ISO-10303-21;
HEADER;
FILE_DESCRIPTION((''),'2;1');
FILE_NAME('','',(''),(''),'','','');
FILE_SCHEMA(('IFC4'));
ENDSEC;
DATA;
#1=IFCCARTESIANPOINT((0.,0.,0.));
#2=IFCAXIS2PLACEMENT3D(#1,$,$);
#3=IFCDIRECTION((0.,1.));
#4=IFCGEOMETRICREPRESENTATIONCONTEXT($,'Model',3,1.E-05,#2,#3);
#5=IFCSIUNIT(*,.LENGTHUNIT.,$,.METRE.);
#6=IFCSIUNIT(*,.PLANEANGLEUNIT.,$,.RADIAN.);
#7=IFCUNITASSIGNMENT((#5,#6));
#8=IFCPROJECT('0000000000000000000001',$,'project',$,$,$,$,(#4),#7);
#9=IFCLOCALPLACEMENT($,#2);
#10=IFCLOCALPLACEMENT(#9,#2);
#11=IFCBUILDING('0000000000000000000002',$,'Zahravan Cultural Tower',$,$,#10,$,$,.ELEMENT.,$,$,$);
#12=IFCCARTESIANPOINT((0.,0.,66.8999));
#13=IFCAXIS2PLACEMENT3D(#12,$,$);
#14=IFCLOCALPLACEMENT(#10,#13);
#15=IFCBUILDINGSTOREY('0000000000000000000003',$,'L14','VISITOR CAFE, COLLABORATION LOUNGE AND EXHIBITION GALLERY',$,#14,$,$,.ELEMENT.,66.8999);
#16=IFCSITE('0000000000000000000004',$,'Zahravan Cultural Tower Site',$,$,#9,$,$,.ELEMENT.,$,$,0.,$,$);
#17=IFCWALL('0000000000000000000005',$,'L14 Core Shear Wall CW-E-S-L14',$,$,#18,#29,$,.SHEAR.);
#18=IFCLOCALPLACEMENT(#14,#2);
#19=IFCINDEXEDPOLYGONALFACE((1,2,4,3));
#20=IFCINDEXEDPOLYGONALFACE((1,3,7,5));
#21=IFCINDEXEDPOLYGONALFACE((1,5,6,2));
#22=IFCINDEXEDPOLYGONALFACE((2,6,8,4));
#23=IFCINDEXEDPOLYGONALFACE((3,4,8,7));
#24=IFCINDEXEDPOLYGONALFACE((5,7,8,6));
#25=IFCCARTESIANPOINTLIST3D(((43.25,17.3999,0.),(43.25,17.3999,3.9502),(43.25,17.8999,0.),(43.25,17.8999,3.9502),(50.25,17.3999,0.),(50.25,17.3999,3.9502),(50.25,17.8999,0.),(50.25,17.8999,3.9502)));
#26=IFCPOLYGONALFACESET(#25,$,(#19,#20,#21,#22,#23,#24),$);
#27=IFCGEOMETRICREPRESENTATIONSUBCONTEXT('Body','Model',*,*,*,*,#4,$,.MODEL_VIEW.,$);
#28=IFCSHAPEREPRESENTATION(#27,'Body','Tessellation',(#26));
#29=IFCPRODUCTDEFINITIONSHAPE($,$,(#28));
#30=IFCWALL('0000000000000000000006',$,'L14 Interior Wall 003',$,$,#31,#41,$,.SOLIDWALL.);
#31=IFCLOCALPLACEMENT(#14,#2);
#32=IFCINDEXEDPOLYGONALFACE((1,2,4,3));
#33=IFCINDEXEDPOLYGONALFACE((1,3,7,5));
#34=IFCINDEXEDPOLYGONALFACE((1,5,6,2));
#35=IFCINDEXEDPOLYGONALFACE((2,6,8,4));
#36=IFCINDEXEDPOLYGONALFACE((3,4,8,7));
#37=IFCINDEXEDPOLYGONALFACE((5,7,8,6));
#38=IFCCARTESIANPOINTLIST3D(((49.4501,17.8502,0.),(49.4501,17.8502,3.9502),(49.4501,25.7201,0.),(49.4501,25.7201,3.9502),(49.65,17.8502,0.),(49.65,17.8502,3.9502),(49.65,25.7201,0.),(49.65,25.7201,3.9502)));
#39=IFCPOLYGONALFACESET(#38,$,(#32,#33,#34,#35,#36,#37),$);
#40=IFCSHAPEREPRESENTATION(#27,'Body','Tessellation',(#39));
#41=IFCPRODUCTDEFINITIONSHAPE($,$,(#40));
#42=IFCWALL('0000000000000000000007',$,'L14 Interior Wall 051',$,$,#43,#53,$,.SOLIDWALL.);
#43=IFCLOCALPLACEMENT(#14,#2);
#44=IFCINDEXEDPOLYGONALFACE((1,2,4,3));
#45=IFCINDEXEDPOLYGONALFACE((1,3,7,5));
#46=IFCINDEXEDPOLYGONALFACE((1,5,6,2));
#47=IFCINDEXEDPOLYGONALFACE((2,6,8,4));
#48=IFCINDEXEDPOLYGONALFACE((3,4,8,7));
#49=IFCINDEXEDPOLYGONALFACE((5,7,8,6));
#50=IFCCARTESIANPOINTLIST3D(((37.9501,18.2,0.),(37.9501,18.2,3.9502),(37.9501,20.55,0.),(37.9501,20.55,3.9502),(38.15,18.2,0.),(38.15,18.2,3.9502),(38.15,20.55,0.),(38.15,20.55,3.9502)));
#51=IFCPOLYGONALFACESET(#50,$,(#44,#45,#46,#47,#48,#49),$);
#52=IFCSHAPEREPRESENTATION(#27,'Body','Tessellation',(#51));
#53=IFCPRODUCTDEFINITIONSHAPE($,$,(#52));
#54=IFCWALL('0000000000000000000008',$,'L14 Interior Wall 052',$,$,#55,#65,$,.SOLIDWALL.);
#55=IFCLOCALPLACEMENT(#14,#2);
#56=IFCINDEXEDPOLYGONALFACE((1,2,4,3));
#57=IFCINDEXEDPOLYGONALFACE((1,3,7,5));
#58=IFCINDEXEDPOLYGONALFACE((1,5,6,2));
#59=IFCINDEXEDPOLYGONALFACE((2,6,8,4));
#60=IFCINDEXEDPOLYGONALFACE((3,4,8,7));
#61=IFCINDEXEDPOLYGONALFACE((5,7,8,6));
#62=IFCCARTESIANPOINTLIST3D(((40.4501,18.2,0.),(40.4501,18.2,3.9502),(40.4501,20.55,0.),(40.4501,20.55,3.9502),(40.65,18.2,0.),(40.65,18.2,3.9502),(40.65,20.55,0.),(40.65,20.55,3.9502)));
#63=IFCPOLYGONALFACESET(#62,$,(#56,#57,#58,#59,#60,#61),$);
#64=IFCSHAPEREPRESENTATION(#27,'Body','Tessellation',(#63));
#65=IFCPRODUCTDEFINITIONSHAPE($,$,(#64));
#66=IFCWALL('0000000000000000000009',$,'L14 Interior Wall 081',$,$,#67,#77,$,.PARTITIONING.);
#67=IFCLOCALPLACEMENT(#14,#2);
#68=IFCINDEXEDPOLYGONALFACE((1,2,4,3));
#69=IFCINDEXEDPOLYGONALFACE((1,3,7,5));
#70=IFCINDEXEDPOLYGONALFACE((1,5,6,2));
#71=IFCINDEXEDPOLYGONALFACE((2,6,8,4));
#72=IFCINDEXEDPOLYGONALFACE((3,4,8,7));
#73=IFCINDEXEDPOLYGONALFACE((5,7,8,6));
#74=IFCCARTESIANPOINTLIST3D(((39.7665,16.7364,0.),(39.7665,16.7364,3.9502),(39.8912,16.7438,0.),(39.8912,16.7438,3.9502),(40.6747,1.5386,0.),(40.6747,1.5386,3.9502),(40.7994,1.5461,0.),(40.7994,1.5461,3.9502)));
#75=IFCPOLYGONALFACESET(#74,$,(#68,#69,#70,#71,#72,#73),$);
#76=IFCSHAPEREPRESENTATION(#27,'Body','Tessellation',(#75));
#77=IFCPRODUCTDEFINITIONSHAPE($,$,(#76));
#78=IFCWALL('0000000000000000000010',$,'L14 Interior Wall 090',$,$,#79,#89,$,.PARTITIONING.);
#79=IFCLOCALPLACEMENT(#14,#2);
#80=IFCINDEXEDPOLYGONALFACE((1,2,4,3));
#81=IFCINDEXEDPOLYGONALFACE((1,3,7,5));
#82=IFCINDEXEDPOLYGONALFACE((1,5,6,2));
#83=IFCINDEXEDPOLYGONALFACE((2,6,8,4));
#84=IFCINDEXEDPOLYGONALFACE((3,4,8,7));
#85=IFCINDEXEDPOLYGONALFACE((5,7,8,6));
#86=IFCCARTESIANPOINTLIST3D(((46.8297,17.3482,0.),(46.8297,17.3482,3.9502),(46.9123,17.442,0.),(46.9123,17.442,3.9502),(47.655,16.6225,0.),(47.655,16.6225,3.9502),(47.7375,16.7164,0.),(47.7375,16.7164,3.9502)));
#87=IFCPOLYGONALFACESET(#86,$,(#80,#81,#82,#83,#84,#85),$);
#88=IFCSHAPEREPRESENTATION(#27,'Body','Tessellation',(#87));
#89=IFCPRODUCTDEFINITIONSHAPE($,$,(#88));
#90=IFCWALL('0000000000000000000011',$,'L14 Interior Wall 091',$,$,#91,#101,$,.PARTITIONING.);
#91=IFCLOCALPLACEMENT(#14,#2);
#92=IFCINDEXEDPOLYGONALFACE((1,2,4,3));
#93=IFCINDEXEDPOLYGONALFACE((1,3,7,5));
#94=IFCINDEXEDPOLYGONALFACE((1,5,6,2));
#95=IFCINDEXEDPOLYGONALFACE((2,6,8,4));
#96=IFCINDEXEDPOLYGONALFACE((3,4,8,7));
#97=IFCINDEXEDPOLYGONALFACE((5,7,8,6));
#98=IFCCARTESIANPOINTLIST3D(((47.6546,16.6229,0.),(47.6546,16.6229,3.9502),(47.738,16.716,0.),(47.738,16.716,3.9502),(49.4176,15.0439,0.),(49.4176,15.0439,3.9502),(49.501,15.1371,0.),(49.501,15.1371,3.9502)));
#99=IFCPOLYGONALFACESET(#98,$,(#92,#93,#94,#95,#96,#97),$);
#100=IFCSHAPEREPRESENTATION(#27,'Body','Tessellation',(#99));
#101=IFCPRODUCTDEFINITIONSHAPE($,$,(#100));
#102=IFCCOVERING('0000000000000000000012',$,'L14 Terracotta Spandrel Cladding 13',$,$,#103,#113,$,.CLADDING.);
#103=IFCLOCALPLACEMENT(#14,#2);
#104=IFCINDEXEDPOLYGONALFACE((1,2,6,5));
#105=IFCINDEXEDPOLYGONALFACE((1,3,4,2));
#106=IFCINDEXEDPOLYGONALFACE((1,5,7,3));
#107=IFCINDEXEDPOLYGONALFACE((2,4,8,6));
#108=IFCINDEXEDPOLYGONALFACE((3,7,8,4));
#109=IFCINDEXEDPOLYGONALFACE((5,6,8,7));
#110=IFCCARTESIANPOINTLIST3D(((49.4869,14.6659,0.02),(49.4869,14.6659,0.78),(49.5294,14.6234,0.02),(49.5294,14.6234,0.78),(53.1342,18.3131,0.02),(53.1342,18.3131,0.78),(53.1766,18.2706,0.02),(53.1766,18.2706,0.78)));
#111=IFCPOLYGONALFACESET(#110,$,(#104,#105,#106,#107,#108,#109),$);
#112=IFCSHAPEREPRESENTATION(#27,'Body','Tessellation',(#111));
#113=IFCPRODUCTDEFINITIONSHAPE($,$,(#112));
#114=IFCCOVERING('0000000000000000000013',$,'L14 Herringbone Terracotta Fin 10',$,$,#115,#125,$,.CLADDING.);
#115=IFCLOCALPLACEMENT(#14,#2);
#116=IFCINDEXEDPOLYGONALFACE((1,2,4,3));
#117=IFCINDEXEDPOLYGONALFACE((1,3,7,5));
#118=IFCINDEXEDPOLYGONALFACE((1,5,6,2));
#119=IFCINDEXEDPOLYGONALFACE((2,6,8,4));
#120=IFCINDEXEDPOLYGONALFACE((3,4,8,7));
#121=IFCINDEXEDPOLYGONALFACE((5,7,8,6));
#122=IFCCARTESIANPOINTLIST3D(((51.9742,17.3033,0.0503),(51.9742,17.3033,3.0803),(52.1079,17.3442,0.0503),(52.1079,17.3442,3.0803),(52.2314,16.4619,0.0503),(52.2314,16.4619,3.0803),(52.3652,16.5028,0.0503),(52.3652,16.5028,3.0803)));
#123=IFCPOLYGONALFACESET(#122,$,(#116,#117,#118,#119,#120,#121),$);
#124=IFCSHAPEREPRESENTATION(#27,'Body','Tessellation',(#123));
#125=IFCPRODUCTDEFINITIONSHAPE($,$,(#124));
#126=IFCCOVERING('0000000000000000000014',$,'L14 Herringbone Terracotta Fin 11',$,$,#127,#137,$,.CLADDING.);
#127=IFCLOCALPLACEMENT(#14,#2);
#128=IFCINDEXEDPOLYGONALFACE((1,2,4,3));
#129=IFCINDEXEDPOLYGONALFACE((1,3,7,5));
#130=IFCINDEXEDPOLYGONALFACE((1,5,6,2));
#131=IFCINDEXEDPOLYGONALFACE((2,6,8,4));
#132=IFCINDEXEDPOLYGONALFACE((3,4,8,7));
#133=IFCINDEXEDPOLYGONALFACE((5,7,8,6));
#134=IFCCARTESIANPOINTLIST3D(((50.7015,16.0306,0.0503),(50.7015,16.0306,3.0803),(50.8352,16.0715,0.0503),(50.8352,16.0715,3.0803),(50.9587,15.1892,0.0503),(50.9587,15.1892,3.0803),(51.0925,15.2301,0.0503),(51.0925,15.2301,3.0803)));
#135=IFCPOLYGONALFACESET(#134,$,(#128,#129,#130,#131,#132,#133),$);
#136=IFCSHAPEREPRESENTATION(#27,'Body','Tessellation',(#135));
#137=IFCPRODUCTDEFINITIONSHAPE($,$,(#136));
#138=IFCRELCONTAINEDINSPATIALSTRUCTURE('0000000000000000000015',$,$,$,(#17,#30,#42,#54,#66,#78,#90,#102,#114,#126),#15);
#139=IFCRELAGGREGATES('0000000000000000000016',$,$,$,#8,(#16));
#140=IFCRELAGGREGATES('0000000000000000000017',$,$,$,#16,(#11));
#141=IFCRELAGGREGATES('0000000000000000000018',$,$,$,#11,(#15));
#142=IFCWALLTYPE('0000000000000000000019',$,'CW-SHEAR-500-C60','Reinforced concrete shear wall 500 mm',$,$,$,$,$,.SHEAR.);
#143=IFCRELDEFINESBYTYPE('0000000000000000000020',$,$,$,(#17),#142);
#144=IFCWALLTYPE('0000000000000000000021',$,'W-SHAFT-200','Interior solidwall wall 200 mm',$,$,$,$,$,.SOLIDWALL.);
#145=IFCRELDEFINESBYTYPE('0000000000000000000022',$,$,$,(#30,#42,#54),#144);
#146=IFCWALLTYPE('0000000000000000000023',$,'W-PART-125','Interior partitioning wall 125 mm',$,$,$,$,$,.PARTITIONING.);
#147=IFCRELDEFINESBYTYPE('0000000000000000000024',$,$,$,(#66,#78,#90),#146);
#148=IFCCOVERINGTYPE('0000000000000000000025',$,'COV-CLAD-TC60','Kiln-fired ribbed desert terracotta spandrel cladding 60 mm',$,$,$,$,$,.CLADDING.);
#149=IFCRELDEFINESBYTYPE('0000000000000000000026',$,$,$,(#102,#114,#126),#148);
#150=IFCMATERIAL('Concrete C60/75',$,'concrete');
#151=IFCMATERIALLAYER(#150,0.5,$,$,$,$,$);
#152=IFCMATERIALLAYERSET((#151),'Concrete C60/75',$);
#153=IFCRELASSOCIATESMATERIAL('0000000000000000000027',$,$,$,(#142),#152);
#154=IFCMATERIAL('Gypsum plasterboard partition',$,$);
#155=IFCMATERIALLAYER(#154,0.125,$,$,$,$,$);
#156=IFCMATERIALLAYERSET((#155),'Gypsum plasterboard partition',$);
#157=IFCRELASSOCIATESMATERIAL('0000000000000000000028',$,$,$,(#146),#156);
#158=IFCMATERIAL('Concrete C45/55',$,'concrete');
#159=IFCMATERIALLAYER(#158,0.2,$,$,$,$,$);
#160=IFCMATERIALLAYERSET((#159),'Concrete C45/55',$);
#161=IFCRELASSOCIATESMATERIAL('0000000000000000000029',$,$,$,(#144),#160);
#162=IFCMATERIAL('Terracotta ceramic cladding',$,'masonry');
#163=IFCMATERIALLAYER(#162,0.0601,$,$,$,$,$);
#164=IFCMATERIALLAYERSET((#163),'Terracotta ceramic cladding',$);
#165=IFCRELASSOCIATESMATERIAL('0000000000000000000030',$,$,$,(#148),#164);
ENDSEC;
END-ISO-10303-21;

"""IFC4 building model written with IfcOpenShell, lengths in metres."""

from ifc_helpers import new_model, si_unit, direction, frame, frame_2d, origin, origin_2d, place, context, subcontext, project, spatial, rectangle, extrude, source, transform, mapped, material, layer, layer_set, type_object, element, save


model = new_model("IFC4")

# Units and contexts
model_context = context("Model", 3, precision=1e-05, world=origin(), true_north=direction((0.0, 1.0)))
body_context = subcontext(model_context, "Body", "Model", "MODEL_VIEW")
ifc_project = project(units=[si_unit("LENGTHUNIT", "METRE"), si_unit("PLANEANGLEUNIT", "RADIAN")], contexts=[model_context])

# Site, building, storey
site_placement = place(None, origin())
site = spatial("IfcSite", under=ifc_project, at=site_placement, Name="Zahravan Cultural Tower Site", CompositionType="ELEMENT", RefElevation=0.0)
building_placement = place(site_placement, origin())
building = spatial("IfcBuilding", under=site, at=building_placement, Name="Zahravan Cultural Tower", CompositionType="ELEMENT")
storey_placement = place(building_placement, frame((0.0, 0.0, 66.8999)))
storey = spatial("IfcBuildingStorey", under=building, at=storey_placement, Name="L14", Description="VISITOR CAFE, COLLABORATION LOUNGE AND EXHIBITION GALLERY", CompositionType="ELEMENT", Elevation=66.8999)

# Shared definitions
ifc_material_1 = material(Name="Concrete C60/75", Category="concrete")

# Shared definitions
ifc_layer_1 = layer(ifc_material_1, 0.5)
ifc_layer_set_1 = layer_set([ifc_layer_1], Name="Concrete C60/75")
wall_type_1 = type_object("IfcWallType", Name="CW-SHEAR-500-C60", Description="Reinforced concrete shear wall 500 mm", PredefinedType="SHEAR", material=ifc_layer_set_1)

# Shared definitions
ifc_material_2 = material(Name="Gypsum plasterboard partition")
ifc_layer_2 = layer(ifc_material_2, 0.125)
ifc_layer_set_2 = layer_set([ifc_layer_2], Name="Gypsum plasterboard partition")
wall_type_2 = type_object("IfcWallType", Name="W-PART-125", Description="Interior partitioning wall 125 mm", PredefinedType="PARTITIONING", material=ifc_layer_set_2)
ifc_material_3 = material(Name="Concrete C45/55", Category="concrete")
ifc_layer_3 = layer(ifc_material_3, 0.2)
ifc_layer_set_3 = layer_set([ifc_layer_3], Name="Concrete C45/55")
wall_type_3 = type_object("IfcWallType", Name="W-SHAFT-200", Description="Interior solidwall wall 200 mm", PredefinedType="SOLIDWALL", material=ifc_layer_set_3)

# Walls
shared_shape_1 = source(origin(), body_context, "Body", "SweptSolid", [
    extrude(rectangle(XDim=7.0, YDim=0.5, at=frame_2d((3.5, 0.0))), origin(), (0.0, 0.0, 1.0), 3.9502),
])
wall_1_placement = place(storey_placement, frame((43.25, 17.6499, 0.0), z_axis=(0.0, 0.0, 1.0), x_axis=(1.0, 0.0, 0.0)))
element("IfcWall", 1, at=wall_1_placement, inside=storey, type_object=wall_type_1, Name="L14 Core Shear Wall CW-E-S-L14", PredefinedType="SHEAR", context=body_context, shape_type="MappedRepresentation", body=[
    mapped(shared_shape_1, transform((0.0, 0.0, 0.0), x_axis=(1.0, 0.0, 0.0), y_axis=(0.0, 1.0, 0.0), z_axis=(0.0, 0.0, 1.0), scale=1.0)),
])
shared_shape_2 = source(origin(), body_context, "Body", "SweptSolid", [
    extrude(rectangle(XDim=7.8699, YDim=0.2, at=frame_2d((3.9351, 0.0))), origin(), (0.0, 0.0, 1.0), 3.9502),
])
wall_2_placement = place(storey_placement, frame((49.55, 17.8501, 0.0), z_axis=(0.0, 0.0, 1.0), x_axis=(0.0, 1.0, 0.0)))
element("IfcWall", 2, at=wall_2_placement, inside=storey, type_object=wall_type_3, Name="L14 Interior Wall 003", PredefinedType="SOLIDWALL", context=body_context, shape_type="MappedRepresentation", body=[
    mapped(shared_shape_2, transform((0.0, 0.0, 0.0), x_axis=(1.0, 0.0, 0.0), y_axis=(0.0, 1.0, 0.0), z_axis=(0.0, 0.0, 1.0), scale=1.0)),
])
shared_shape_3 = source(origin(), body_context, "Body", "SweptSolid", [
    extrude(rectangle(XDim=2.3501, YDim=0.2, at=frame_2d((1.175, 0.0))), origin(), (0.0, 0.0, 1.0), 3.9502),
])
for number, where, z_axis, x_axis, name in (
    (3, (38.05, 18.2, 0.0), (0.0, 0.0, 1.0), (0.0, 1.0, 0.0), "L14 Interior Wall 051"),
    (4, (40.55, 18.2, 0.0), (0.0, 0.0, 1.0), (0.0, 1.0, 0.0), "L14 Interior Wall 052"),
):
    element("IfcWall", number, at=place(storey_placement, frame(where, z_axis=z_axis, x_axis=x_axis)), inside=storey, type_object=wall_type_3, Name=name, PredefinedType="SOLIDWALL", context=body_context, shape_type="MappedRepresentation", body=[
        mapped(shared_shape_3, transform((0.0, 0.0, 0.0), x_axis=(1.0, 0.0, 0.0), y_axis=(0.0, 1.0, 0.0), z_axis=(0.0, 0.0, 1.0), scale=1.0)),
    ])
shared_shape_4 = source(origin(), body_context, "Body", "SweptSolid", [
    extrude(rectangle(XDim=15.2249, YDim=0.125, at=frame_2d((7.6123, 0.0))), origin(), (0.0, 0.0, 1.0), 3.9502),
])
wall_3_placement = place(storey_placement, frame((39.8289, 16.74, 0.0), z_axis=(0.0, 0.0, 1.0), x_axis=(0.059653, -0.998219, 0.0)))
element("IfcWall", 5, at=wall_3_placement, inside=storey, type_object=wall_type_2, Name="L14 Interior Wall 081", PredefinedType="PARTITIONING", context=body_context, shape_type="MappedRepresentation", body=[
    mapped(shared_shape_4, transform((0.0, 0.0, 0.0), x_axis=(1.0, 0.0, 0.0), y_axis=(0.0, 1.0, 0.0), z_axis=(0.0, 0.0, 1.0), scale=1.0)),
])
shared_shape_5 = source(origin(), body_context, "Body", "SweptSolid", [
    extrude(rectangle(XDim=1.0989, YDim=0.125, at=frame_2d((0.5493, 0.0))), origin(), (0.0, 0.0, 1.0), 3.9502),
])
wall_4_placement = place(storey_placement, frame((46.8711, 17.395, 0.0), z_axis=(0.0, 0.0, 1.0), x_axis=(0.750978, -0.660327, 0.0)))
element("IfcWall", 6, at=wall_4_placement, inside=storey, type_object=wall_type_2, Name="L14 Interior Wall 090", PredefinedType="PARTITIONING", context=body_context, shape_type="MappedRepresentation", body=[
    mapped(shared_shape_5, transform((0.0, 0.0, 0.0), x_axis=(1.0, 0.0, 0.0), y_axis=(0.0, 1.0, 0.0), z_axis=(0.0, 0.0, 1.0), scale=1.0)),
])
shared_shape_6 = source(origin(), body_context, "Body", "SweptSolid", [
    extrude(rectangle(XDim=2.3667, YDim=0.125, at=frame_2d((1.1833, 0.0))), origin(), (0.0, 0.0, 1.0), 3.9502),
])
wall_5_placement = place(storey_placement, frame((47.6963, 16.6694, 0.0), z_axis=(0.0, 0.0, 1.0), x_axis=(0.744928, -0.667145, 0.0)))
element("IfcWall", 7, at=wall_5_placement, inside=storey, type_object=wall_type_2, Name="L14 Interior Wall 091", PredefinedType="PARTITIONING", context=body_context, shape_type="MappedRepresentation", body=[
    mapped(shared_shape_6, transform((0.0, 0.0, 0.0), x_axis=(1.0, 0.0, 0.0), y_axis=(0.0, 1.0, 0.0), z_axis=(0.0, 0.0, 1.0), scale=1.0)),
])

# Coverings
ifc_material_4 = material(Name="Terracotta ceramic cladding", Category="masonry")
ifc_layer_4 = layer(ifc_material_4, 0.0601)
ifc_layer_set_4 = layer_set([ifc_layer_4], Name="Terracotta ceramic cladding")
covering_type = type_object("IfcCoveringType", Name="COV-CLAD-TC60", Description="Kiln-fired ribbed desert terracotta spandrel cladding 60 mm", PredefinedType="CLADDING", material=ifc_layer_set_4)
shared_shape_7 = source(origin(), body_context, "Body", "SweptSolid", [
    extrude(rectangle(XDim=5.158, YDim=0.0601, at=origin_2d()), origin(), (0.0, 0.0, 1.0), 0.76),
])
covering_placement = place(storey_placement, frame((51.3318, 16.4683, 0.02), z_axis=(0.0, 0.0, 1.0), x_axis=(-0.707107, -0.707107, 0.0)))
element("IfcCovering", 8, at=covering_placement, inside=storey, type_object=covering_type, Name="L14 Terracotta Spandrel Cladding 13", PredefinedType="CLADDING", context=body_context, shape_type="MappedRepresentation", body=[
    mapped(shared_shape_7, transform((0.0, 0.0, 0.0), x_axis=(1.0, 0.0, 0.0), y_axis=(0.0, 1.0, 0.0), z_axis=(0.0, 0.0, 1.0), scale=1.0)),
])
shared_shape_8 = source(origin(), body_context, "Body", "SweptSolid", [
    extrude(rectangle(XDim=0.8799, YDim=0.1399, at=origin_2d()), origin(), (0.0, 0.0, 1.0), 3.03),
])
for number, where, z_axis, x_axis, name in (
    (9, (52.1697, 16.9031, 0.0503), (0.0, 0.0, 1.0), (0.292372, -0.956305, 0.0), "L14 Herringbone Terracotta Fin 10"),
    (10, (50.897, 15.6304, 0.0503), (0.0, 0.0, 1.0), (0.292372, -0.956305, 0.0), "L14 Herringbone Terracotta Fin 11"),
):
    element("IfcCovering", number, at=place(storey_placement, frame(where, z_axis=z_axis, x_axis=x_axis)), inside=storey, type_object=covering_type, Name=name, PredefinedType="CLADDING", context=body_context, shape_type="MappedRepresentation", body=[
        mapped(shared_shape_8, transform((0.0, 0.0, 0.0), x_axis=(1.0, 0.0, 0.0), y_axis=(0.0, 1.0, 0.0), z_axis=(0.0, 0.0, 1.0), scale=1.0)),
    ])

save(model, "model.ifc")
